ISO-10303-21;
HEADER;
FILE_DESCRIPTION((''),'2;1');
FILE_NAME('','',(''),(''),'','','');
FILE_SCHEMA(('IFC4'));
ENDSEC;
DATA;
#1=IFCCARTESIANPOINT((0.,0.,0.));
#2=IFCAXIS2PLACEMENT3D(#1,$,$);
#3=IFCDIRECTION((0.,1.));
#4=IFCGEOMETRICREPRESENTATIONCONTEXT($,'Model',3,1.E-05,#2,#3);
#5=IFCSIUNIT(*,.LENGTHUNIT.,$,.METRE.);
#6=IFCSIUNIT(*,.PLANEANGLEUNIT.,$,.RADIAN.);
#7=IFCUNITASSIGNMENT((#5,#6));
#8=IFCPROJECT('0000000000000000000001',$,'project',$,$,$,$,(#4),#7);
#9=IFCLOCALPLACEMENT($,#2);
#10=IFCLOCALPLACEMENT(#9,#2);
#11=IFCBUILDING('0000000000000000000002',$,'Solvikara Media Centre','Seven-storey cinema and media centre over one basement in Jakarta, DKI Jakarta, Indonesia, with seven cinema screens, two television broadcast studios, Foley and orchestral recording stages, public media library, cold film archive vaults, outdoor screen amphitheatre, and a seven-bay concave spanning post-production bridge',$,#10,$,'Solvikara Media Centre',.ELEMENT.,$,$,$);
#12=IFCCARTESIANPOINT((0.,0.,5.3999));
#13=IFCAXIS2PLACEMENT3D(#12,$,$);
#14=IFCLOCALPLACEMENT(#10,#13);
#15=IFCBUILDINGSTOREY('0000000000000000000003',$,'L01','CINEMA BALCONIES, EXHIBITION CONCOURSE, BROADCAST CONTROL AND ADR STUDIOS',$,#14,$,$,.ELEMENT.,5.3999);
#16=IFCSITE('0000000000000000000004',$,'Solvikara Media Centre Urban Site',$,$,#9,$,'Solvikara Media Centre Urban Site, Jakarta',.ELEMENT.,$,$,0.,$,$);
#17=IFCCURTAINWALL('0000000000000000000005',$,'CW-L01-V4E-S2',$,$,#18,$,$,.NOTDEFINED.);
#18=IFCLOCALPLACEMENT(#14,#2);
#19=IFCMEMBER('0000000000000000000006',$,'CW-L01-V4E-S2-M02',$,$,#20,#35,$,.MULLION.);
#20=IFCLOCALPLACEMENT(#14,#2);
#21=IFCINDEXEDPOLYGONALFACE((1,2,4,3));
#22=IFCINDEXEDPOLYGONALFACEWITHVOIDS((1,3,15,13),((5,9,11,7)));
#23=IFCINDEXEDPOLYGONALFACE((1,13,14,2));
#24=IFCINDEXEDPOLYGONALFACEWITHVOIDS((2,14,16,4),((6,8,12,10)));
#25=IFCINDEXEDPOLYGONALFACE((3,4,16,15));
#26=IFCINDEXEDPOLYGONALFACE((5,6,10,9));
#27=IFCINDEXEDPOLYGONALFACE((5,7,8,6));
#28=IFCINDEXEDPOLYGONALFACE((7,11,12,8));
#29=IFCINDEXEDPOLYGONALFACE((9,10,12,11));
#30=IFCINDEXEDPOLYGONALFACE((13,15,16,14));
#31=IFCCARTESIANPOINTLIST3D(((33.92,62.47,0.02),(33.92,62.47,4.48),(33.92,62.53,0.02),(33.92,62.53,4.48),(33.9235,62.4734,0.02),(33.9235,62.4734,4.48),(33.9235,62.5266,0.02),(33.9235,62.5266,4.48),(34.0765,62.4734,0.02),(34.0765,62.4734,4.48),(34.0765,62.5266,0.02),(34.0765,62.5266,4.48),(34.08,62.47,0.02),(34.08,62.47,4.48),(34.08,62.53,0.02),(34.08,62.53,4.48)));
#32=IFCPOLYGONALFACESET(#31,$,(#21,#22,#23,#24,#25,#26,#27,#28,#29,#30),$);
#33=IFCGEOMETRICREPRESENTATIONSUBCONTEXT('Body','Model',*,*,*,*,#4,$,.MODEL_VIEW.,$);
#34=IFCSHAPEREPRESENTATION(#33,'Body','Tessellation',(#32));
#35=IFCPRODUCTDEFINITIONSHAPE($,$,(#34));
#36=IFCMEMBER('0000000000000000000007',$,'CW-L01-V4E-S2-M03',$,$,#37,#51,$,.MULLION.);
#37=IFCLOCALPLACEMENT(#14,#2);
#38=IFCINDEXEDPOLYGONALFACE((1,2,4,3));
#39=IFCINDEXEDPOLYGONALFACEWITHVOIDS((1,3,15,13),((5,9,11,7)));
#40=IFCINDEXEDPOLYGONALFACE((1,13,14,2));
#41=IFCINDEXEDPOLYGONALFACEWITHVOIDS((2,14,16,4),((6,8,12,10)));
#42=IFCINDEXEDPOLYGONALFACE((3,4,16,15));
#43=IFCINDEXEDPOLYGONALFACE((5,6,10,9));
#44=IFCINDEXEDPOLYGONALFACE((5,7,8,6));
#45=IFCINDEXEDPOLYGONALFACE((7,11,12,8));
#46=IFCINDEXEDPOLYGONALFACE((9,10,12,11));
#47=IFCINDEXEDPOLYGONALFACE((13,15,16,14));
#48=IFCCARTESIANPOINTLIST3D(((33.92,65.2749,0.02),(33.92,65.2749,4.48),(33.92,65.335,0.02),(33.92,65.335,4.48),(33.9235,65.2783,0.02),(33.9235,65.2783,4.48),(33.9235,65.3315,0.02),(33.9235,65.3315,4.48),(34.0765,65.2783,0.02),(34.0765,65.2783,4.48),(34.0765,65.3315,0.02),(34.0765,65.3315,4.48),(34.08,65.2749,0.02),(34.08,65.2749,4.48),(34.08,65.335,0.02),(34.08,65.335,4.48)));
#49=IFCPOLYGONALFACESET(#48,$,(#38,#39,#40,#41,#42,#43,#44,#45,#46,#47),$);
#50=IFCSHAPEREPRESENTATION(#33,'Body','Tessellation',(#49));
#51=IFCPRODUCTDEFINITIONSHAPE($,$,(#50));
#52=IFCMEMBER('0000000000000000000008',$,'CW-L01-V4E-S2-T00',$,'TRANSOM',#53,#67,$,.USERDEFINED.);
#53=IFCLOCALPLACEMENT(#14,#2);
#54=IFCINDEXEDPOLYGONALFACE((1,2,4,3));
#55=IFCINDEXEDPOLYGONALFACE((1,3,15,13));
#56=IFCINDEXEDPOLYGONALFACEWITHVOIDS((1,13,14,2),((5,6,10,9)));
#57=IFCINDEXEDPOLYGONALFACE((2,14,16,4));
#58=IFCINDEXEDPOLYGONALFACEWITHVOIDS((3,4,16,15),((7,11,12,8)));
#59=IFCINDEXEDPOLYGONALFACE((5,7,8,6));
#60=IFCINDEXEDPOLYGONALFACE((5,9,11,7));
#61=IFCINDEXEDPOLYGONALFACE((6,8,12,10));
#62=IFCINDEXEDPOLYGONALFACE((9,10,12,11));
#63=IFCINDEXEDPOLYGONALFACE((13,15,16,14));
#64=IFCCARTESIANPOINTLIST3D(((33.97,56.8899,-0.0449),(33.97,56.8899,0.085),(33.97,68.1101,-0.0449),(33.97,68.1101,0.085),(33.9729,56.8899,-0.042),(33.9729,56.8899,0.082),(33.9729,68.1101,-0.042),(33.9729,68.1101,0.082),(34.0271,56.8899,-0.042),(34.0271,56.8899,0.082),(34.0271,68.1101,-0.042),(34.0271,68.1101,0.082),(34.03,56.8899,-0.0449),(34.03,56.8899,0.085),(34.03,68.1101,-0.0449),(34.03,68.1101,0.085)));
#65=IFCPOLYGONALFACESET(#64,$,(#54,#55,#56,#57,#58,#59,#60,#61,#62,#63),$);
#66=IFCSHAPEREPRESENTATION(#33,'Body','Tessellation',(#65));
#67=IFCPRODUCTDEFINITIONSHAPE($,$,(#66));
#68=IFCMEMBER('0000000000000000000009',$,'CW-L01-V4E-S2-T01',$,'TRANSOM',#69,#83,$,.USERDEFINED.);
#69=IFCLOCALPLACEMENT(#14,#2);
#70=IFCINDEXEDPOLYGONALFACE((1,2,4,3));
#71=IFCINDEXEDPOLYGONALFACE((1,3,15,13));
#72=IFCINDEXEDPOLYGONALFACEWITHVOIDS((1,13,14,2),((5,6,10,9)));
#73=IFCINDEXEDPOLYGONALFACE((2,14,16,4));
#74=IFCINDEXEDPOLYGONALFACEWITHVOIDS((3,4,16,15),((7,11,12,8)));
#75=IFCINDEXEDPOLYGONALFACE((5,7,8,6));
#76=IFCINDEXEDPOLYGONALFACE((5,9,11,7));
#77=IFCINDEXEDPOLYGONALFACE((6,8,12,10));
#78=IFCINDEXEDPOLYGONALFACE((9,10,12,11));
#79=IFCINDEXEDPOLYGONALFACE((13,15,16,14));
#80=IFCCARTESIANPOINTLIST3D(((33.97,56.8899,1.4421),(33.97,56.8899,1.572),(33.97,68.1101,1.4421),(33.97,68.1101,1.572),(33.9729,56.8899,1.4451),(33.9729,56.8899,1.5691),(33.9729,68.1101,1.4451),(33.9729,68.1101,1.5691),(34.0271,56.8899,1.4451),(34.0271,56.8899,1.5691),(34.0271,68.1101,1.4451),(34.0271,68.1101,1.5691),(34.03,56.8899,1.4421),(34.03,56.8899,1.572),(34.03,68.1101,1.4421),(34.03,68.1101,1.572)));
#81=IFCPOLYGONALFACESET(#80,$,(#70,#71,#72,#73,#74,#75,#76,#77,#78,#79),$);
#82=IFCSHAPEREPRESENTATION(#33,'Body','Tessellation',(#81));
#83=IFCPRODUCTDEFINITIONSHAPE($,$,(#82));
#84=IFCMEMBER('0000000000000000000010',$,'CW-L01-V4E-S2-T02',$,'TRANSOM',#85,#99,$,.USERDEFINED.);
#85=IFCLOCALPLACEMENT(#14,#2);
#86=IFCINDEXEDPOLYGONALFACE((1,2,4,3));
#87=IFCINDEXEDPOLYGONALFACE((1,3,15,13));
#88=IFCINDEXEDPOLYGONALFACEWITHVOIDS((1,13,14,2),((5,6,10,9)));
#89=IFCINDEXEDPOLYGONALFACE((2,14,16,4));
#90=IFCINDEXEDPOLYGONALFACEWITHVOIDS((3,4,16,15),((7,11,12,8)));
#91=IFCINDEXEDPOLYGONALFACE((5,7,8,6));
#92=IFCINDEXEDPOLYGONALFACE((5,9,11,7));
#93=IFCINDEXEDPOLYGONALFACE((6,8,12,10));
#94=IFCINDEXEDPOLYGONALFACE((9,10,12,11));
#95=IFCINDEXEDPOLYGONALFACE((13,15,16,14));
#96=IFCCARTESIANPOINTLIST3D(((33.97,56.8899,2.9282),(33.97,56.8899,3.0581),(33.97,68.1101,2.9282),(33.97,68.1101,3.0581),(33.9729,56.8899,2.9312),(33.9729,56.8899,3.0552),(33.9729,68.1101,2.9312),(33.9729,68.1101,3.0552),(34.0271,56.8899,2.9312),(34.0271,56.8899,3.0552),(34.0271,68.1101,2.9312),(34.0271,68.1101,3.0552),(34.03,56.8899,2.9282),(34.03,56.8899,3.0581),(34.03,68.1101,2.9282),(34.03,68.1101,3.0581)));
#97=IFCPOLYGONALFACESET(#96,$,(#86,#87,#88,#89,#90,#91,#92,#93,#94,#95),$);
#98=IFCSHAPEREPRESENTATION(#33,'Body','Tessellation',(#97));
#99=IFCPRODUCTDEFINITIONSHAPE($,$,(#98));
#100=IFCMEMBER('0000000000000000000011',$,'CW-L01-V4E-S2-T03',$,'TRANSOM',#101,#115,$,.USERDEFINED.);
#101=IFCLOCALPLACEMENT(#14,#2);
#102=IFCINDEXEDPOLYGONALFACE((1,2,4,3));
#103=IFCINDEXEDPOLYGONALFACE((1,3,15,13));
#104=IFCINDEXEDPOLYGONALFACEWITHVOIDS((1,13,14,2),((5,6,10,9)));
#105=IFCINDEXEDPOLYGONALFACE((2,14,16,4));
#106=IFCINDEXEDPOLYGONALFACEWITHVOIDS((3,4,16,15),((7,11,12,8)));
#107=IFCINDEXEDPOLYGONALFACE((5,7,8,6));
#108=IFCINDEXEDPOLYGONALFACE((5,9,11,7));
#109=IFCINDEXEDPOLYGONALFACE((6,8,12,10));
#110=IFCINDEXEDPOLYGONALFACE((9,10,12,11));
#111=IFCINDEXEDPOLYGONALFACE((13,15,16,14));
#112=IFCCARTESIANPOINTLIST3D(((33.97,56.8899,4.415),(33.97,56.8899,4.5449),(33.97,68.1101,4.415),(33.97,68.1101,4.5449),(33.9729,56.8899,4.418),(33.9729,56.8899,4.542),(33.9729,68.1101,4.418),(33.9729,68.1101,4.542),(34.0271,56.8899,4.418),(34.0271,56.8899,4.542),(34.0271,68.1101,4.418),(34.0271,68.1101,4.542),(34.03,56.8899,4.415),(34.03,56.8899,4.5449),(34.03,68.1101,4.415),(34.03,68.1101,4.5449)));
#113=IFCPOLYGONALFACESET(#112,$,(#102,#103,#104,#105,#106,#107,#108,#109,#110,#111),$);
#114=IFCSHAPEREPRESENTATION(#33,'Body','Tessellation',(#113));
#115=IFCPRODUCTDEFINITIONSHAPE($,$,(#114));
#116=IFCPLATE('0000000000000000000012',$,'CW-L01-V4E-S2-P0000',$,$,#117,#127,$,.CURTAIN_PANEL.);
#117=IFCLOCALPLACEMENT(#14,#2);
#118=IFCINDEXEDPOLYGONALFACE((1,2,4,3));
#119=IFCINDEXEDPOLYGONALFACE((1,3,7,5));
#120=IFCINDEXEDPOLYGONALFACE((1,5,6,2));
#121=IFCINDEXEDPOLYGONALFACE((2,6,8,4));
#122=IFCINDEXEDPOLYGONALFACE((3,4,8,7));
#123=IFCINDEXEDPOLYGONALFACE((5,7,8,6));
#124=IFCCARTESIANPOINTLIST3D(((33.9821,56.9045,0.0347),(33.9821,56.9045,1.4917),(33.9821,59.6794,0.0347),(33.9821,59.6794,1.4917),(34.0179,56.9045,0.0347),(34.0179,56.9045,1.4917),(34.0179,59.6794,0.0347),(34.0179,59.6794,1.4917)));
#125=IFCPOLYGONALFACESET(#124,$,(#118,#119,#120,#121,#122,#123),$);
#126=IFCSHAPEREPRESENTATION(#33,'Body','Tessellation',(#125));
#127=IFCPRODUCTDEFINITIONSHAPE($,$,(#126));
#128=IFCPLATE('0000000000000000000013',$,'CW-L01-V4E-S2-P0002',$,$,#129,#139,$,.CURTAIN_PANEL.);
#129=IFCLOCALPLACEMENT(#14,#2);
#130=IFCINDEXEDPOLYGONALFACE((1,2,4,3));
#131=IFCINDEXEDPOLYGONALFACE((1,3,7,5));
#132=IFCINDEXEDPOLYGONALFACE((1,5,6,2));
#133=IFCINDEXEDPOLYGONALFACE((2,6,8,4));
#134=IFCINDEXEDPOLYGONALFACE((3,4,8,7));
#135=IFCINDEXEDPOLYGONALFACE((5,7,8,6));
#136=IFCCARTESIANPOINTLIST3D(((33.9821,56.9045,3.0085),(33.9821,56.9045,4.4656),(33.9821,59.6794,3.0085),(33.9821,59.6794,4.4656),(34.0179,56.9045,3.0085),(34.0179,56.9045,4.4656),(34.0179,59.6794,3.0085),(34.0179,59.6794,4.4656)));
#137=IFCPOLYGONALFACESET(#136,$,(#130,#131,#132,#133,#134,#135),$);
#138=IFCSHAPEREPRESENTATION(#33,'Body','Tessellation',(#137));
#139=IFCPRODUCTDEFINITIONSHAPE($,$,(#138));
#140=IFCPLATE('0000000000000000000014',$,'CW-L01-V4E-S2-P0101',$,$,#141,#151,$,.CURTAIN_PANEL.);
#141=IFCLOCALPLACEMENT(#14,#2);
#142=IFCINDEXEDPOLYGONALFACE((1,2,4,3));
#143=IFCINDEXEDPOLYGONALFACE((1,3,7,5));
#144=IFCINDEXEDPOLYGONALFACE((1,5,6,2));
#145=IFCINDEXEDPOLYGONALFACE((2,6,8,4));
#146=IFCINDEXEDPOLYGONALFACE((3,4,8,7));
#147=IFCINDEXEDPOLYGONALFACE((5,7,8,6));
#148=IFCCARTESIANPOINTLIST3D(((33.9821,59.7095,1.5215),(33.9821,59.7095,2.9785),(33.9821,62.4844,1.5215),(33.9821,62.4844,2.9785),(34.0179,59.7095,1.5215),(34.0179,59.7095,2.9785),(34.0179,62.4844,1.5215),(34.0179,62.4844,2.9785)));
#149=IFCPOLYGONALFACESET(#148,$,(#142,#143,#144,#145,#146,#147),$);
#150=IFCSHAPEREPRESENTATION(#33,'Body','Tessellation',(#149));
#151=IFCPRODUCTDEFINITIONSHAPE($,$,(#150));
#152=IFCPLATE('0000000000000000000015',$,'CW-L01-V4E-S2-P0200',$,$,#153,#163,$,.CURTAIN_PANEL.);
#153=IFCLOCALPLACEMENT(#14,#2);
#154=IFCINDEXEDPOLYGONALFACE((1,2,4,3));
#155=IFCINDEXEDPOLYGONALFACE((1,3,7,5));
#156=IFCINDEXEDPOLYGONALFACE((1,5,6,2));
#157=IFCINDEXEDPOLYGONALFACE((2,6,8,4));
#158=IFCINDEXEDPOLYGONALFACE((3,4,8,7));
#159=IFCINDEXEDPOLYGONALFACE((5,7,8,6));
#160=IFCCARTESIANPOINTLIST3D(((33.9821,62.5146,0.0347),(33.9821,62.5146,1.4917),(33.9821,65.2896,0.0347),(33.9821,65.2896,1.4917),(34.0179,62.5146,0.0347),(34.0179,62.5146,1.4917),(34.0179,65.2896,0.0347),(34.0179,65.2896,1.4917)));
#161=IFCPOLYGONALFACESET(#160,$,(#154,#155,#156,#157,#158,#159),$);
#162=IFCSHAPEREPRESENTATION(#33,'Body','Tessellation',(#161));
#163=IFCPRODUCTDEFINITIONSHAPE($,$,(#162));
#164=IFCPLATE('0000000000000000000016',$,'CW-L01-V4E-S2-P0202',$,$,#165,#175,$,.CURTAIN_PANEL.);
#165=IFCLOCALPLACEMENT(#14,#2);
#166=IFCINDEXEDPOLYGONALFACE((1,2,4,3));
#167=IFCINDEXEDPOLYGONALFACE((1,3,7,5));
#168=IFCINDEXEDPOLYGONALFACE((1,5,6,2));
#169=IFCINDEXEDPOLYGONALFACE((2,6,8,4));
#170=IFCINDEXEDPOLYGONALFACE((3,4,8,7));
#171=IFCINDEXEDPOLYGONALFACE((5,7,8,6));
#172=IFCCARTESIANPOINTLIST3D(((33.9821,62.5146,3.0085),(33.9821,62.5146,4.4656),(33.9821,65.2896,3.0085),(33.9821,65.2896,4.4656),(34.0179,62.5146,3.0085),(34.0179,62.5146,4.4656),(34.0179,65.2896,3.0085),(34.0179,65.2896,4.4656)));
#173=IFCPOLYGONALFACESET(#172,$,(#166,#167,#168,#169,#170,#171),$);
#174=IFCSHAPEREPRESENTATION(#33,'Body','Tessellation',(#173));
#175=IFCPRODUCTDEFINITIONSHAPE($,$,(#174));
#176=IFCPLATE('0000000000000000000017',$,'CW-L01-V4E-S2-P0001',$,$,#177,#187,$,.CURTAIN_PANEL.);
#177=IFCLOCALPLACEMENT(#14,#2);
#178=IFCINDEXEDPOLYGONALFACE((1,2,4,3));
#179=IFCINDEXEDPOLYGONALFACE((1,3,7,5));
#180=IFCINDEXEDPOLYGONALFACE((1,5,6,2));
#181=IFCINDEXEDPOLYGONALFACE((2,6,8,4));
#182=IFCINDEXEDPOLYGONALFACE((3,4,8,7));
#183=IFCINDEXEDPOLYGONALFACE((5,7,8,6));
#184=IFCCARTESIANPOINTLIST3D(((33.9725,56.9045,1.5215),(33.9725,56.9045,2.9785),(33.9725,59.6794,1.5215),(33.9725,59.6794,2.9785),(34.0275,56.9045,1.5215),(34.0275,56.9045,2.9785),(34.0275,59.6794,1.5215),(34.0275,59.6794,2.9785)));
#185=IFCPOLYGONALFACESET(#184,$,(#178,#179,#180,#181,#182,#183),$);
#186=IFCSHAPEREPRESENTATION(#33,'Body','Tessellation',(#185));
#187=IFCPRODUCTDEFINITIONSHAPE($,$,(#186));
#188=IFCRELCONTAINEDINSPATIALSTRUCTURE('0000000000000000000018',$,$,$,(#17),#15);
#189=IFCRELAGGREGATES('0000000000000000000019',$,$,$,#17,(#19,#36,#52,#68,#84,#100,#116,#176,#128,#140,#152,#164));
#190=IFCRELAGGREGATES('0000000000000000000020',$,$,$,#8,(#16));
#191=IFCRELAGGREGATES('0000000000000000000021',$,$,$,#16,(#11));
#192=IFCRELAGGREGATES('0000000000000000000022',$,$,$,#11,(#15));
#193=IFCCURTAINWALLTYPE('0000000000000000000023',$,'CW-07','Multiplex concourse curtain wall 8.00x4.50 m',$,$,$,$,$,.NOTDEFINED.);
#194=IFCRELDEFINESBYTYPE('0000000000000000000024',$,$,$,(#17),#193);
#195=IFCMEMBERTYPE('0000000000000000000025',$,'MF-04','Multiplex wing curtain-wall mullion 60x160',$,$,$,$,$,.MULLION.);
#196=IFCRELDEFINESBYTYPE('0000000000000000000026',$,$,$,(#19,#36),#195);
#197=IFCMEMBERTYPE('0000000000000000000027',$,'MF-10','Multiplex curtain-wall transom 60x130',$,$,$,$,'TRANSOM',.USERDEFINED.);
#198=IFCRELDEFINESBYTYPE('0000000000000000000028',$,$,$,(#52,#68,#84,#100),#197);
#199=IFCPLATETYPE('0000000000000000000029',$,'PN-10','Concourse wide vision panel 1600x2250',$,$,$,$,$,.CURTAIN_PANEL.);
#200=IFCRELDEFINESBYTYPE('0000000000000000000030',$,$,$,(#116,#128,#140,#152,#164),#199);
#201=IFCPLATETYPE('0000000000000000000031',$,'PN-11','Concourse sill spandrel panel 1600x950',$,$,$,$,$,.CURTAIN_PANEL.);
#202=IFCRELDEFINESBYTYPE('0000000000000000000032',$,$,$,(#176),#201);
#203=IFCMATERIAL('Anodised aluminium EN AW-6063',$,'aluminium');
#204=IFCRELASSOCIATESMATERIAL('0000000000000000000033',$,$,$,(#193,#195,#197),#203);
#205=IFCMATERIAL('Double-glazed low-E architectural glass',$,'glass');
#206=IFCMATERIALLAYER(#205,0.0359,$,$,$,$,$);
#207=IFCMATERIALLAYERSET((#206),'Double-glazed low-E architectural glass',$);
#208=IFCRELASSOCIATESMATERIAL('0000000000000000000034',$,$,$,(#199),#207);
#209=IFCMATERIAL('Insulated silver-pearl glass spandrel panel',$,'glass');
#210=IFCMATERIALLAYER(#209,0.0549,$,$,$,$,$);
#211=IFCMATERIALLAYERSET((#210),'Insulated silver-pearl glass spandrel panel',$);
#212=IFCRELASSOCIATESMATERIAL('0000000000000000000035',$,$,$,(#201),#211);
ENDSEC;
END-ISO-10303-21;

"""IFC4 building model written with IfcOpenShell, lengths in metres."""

from ifc_helpers import new_model, si_unit, direction, frame, origin, origin_2d, place, context, subcontext, project, spatial, rectangle, hollow_rectangle, extrude, material, layer, layer_set, material_profile, profile_set, type_object, element, aggregate, save


model = new_model("IFC4")

# Units and contexts
model_context = context("Model", 3, precision=1e-05, world=origin(), true_north=direction((0.0, 1.0)))
body_context = subcontext(model_context, "Body", "Model", "MODEL_VIEW")
ifc_project = project(units=[si_unit("LENGTHUNIT", "METRE"), si_unit("PLANEANGLEUNIT", "RADIAN")], contexts=[model_context])

# Site, building, storey
site_placement = place(None, origin())
site = spatial("IfcSite", under=ifc_project, at=site_placement, Name="Solvikara Media Centre Urban Site", LongName="Solvikara Media Centre Urban Site, Jakarta", CompositionType="ELEMENT", RefElevation=0.0)
building_placement = place(site_placement, origin())
building = spatial("IfcBuilding", under=site, at=building_placement, Name="Solvikara Media Centre", Description="Seven-storey cinema and media centre over one basement in Jakarta, DKI Jakarta, Indonesia, with seven cinema screens, two television broadcast studios, Foley and orchestral recording stages, public media library, cold film archive vaults, outdoor screen amphitheatre, and a seven-bay concave spanning post-production bridge", LongName="Solvikara Media Centre", CompositionType="ELEMENT")
storey_placement = place(building_placement, frame((0.0, 0.0, 5.3999)))
storey = spatial("IfcBuildingStorey", under=building, at=storey_placement, Name="L01", Description="CINEMA BALCONIES, EXHIBITION CONCOURSE, BROADCAST CONTROL AND ADR STUDIOS", CompositionType="ELEMENT", Elevation=5.3999)

# Curtain wall, members, plates
ifc_material_1 = material(Name="Anodised aluminium EN AW-6063", Category="aluminium")
curtain_wall_type = type_object("IfcCurtainWallType", Name="CW-07", Description="Multiplex concourse curtain wall 8.00x4.50 m", PredefinedType="NOTDEFINED", material=ifc_material_1)
curtain_wall_placement = place(storey_placement, origin())
curtain_wall = element("IfcCurtainWall", 1, at=curtain_wall_placement, inside=storey, type_object=curtain_wall_type, Name="CW-L01-V4E-S2", PredefinedType="NOTDEFINED")
ifc_material_profile_1 = material_profile(ifc_material_1, hollow_rectangle(XDim=0.0601, YDim=0.1599, WallThickness=0.0034, at=origin_2d()), Name="ALU-M 60x160x3.5")
ifc_profile_set_1 = profile_set([ifc_material_profile_1], Name="Anodised aluminium EN AW-6063")
member_type_1 = type_object("IfcMemberType", Name="MF-04", Description="Multiplex wing curtain-wall mullion 60x160", PredefinedType="MULLION", material=ifc_profile_set_1)
member_1_placement = place(storey_placement, frame((34.0, 62.5, 0.02), z_axis=(0.0, 0.0, 1.0), x_axis=(0.0, 1.0, 0.0)))
member_1 = element("IfcMember", 2, at=member_1_placement, type_object=member_type_1, Name="CW-L01-V4E-S2-M02", PredefinedType="MULLION", context=body_context, shape_type="SweptSolid", body=[
    extrude(hollow_rectangle(XDim=0.0601, YDim=0.1599, WallThickness=0.0034, at=origin_2d()), origin(), (0.0, 0.0, 1.0), 4.46),
])
member_2_placement = place(storey_placement, frame((34.0, 65.3049, 0.02), z_axis=(0.0, 0.0, 1.0), x_axis=(0.0, 1.0, 0.0)))
member_2 = element("IfcMember", 3, at=member_2_placement, type_object=member_type_1, Name="CW-L01-V4E-S2-M03", PredefinedType="MULLION", context=body_context, shape_type="SweptSolid", body=[
    extrude(hollow_rectangle(XDim=0.0601, YDim=0.1599, WallThickness=0.0034, at=origin_2d()), origin(), (0.0, 0.0, 1.0), 4.46),
])
ifc_material_profile_2 = material_profile(ifc_material_1, hollow_rectangle(XDim=0.0601, YDim=0.1299, WallThickness=0.0029, at=origin_2d()), Name="ALU-T 60x130x3")
ifc_profile_set_2 = profile_set([ifc_material_profile_2], Name="Anodised aluminium EN AW-6063")
member_type_2 = type_object("IfcMemberType", Name="MF-10", Description="Multiplex curtain-wall transom 60x130", ElementType="TRANSOM", PredefinedType="USERDEFINED", material=ifc_profile_set_2)
member_3_placement = place(storey_placement, frame((34.0, 56.8899, 0.02), z_axis=(0.0, 1.0, 0.0), x_axis=(-1.0, 0.0, 0.0)))
member_3 = element("IfcMember", 4, at=member_3_placement, type_object=member_type_2, Name="CW-L01-V4E-S2-T00", ObjectType="TRANSOM", PredefinedType="USERDEFINED", context=body_context, shape_type="SweptSolid", body=[
    extrude(hollow_rectangle(XDim=0.0601, YDim=0.1299, WallThickness=0.0029, at=origin_2d()), origin(), (0.0, 0.0, 1.0), 11.2202),
])
member_4_placement = place(storey_placement, frame((34.0, 56.8899, 1.5071), z_axis=(0.0, 1.0, 0.0), x_axis=(-1.0, 0.0, 0.0)))
member_4 = element("IfcMember", 5, at=member_4_placement, type_object=member_type_2, Name="CW-L01-V4E-S2-T01", ObjectType="TRANSOM", PredefinedType="USERDEFINED", context=body_context, shape_type="SweptSolid", body=[
    extrude(hollow_rectangle(XDim=0.0601, YDim=0.1299, WallThickness=0.0029, at=origin_2d()), origin(), (0.0, 0.0, 1.0), 11.2202),
])
member_5_placement = place(storey_placement, frame((34.0, 56.8899, 2.9932), z_axis=(0.0, 1.0, 0.0), x_axis=(-1.0, 0.0, 0.0)))
member_5 = element("IfcMember", 6, at=member_5_placement, type_object=member_type_2, Name="CW-L01-V4E-S2-T02", ObjectType="TRANSOM", PredefinedType="USERDEFINED", context=body_context, shape_type="SweptSolid", body=[
    extrude(hollow_rectangle(XDim=0.0601, YDim=0.1299, WallThickness=0.0029, at=origin_2d()), origin(), (0.0, 0.0, 1.0), 11.2202),
])
member_6_placement = place(storey_placement, frame((34.0, 56.8899, 4.48), z_axis=(0.0, 1.0, 0.0), x_axis=(-1.0, 0.0, 0.0)))
member_6 = element("IfcMember", 7, at=member_6_placement, type_object=member_type_2, Name="CW-L01-V4E-S2-T03", ObjectType="TRANSOM", PredefinedType="USERDEFINED", context=body_context, shape_type="SweptSolid", body=[
    extrude(hollow_rectangle(XDim=0.0601, YDim=0.1299, WallThickness=0.0029, at=origin_2d()), origin(), (0.0, 0.0, 1.0), 11.2202),
])
ifc_material_2 = material(Name="Double-glazed low-E architectural glass", Category="glass")
ifc_layer_1 = layer(ifc_material_2, 0.0359)
ifc_layer_set_1 = layer_set([ifc_layer_1], Name="Double-glazed low-E architectural glass")
plate_type_1 = type_object("IfcPlateType", Name="PN-10", Description="Concourse wide vision panel 1600x2250", PredefinedType="CURTAIN_PANEL", material=ifc_layer_set_1)
plate_1_placement = place(storey_placement, frame((34.0, 58.292, 0.0347), z_axis=(0.0, 0.0, 1.0), x_axis=(0.0, 1.0, 0.0)))
plate_1 = element("IfcPlate", 8, at=plate_1_placement, type_object=plate_type_1, Name="CW-L01-V4E-S2-P0000", PredefinedType="CURTAIN_PANEL", context=body_context, shape_type="SweptSolid", body=[
    extrude(rectangle(XDim=2.7749, YDim=0.0359, at=origin_2d()), origin(), (0.0, 0.0, 1.0), 1.457),
])
plate_2_placement = place(storey_placement, frame((34.0, 58.292, 3.0085), z_axis=(0.0, 0.0, 1.0), x_axis=(0.0, 1.0, 0.0)))
plate_2 = element("IfcPlate", 9, at=plate_2_placement, type_object=plate_type_1, Name="CW-L01-V4E-S2-P0002", PredefinedType="CURTAIN_PANEL", context=body_context, shape_type="SweptSolid", body=[
    extrude(rectangle(XDim=2.7749, YDim=0.0359, at=origin_2d()), origin(), (0.0, 0.0, 1.0), 1.457),
])
plate_3_placement = place(storey_placement, frame((34.0, 61.0969, 1.5215), z_axis=(0.0, 0.0, 1.0), x_axis=(0.0, 1.0, 0.0)))
plate_3 = element("IfcPlate", 10, at=plate_3_placement, type_object=plate_type_1, Name="CW-L01-V4E-S2-P0101", PredefinedType="CURTAIN_PANEL", context=body_context, shape_type="SweptSolid", body=[
    extrude(rectangle(XDim=2.7749, YDim=0.0359, at=origin_2d()), origin(), (0.0, 0.0, 1.0), 1.457),
])
plate_4_placement = place(storey_placement, frame((34.0, 63.9021, 0.0347), z_axis=(0.0, 0.0, 1.0), x_axis=(0.0, 1.0, 0.0)))
plate_4 = element("IfcPlate", 11, at=plate_4_placement, type_object=plate_type_1, Name="CW-L01-V4E-S2-P0200", PredefinedType="CURTAIN_PANEL", context=body_context, shape_type="SweptSolid", body=[
    extrude(rectangle(XDim=2.7749, YDim=0.0359, at=origin_2d()), origin(), (0.0, 0.0, 1.0), 1.457),
])
plate_5_placement = place(storey_placement, frame((34.0, 63.9021, 3.0085), z_axis=(0.0, 0.0, 1.0), x_axis=(0.0, 1.0, 0.0)))
plate_5 = element("IfcPlate", 12, at=plate_5_placement, type_object=plate_type_1, Name="CW-L01-V4E-S2-P0202", PredefinedType="CURTAIN_PANEL", context=body_context, shape_type="SweptSolid", body=[
    extrude(rectangle(XDim=2.7749, YDim=0.0359, at=origin_2d()), origin(), (0.0, 0.0, 1.0), 1.457),
])
ifc_material_3 = material(Name="Insulated silver-pearl glass spandrel panel", Category="glass")
ifc_layer_2 = layer(ifc_material_3, 0.0549)
ifc_layer_set_2 = layer_set([ifc_layer_2], Name="Insulated silver-pearl glass spandrel panel")
plate_type_2 = type_object("IfcPlateType", Name="PN-11", Description="Concourse sill spandrel panel 1600x950", PredefinedType="CURTAIN_PANEL", material=ifc_layer_set_2)
plate_6_placement = place(storey_placement, frame((34.0, 58.292, 1.5215), z_axis=(0.0, 0.0, 1.0), x_axis=(0.0, 1.0, 0.0)))
plate_6 = element("IfcPlate", 13, at=plate_6_placement, type_object=plate_type_2, Name="CW-L01-V4E-S2-P0001", PredefinedType="CURTAIN_PANEL", context=body_context, shape_type="SweptSolid", body=[
    extrude(rectangle(XDim=2.7749, YDim=0.0549, at=origin_2d()), origin(), (0.0, 0.0, 1.0), 1.457),
])
aggregate(curtain_wall, [member_1, member_2, member_3, member_4, member_5, member_6, plate_1, plate_6, plate_2, plate_3, plate_4, plate_5])

save(model, "model.ifc")
